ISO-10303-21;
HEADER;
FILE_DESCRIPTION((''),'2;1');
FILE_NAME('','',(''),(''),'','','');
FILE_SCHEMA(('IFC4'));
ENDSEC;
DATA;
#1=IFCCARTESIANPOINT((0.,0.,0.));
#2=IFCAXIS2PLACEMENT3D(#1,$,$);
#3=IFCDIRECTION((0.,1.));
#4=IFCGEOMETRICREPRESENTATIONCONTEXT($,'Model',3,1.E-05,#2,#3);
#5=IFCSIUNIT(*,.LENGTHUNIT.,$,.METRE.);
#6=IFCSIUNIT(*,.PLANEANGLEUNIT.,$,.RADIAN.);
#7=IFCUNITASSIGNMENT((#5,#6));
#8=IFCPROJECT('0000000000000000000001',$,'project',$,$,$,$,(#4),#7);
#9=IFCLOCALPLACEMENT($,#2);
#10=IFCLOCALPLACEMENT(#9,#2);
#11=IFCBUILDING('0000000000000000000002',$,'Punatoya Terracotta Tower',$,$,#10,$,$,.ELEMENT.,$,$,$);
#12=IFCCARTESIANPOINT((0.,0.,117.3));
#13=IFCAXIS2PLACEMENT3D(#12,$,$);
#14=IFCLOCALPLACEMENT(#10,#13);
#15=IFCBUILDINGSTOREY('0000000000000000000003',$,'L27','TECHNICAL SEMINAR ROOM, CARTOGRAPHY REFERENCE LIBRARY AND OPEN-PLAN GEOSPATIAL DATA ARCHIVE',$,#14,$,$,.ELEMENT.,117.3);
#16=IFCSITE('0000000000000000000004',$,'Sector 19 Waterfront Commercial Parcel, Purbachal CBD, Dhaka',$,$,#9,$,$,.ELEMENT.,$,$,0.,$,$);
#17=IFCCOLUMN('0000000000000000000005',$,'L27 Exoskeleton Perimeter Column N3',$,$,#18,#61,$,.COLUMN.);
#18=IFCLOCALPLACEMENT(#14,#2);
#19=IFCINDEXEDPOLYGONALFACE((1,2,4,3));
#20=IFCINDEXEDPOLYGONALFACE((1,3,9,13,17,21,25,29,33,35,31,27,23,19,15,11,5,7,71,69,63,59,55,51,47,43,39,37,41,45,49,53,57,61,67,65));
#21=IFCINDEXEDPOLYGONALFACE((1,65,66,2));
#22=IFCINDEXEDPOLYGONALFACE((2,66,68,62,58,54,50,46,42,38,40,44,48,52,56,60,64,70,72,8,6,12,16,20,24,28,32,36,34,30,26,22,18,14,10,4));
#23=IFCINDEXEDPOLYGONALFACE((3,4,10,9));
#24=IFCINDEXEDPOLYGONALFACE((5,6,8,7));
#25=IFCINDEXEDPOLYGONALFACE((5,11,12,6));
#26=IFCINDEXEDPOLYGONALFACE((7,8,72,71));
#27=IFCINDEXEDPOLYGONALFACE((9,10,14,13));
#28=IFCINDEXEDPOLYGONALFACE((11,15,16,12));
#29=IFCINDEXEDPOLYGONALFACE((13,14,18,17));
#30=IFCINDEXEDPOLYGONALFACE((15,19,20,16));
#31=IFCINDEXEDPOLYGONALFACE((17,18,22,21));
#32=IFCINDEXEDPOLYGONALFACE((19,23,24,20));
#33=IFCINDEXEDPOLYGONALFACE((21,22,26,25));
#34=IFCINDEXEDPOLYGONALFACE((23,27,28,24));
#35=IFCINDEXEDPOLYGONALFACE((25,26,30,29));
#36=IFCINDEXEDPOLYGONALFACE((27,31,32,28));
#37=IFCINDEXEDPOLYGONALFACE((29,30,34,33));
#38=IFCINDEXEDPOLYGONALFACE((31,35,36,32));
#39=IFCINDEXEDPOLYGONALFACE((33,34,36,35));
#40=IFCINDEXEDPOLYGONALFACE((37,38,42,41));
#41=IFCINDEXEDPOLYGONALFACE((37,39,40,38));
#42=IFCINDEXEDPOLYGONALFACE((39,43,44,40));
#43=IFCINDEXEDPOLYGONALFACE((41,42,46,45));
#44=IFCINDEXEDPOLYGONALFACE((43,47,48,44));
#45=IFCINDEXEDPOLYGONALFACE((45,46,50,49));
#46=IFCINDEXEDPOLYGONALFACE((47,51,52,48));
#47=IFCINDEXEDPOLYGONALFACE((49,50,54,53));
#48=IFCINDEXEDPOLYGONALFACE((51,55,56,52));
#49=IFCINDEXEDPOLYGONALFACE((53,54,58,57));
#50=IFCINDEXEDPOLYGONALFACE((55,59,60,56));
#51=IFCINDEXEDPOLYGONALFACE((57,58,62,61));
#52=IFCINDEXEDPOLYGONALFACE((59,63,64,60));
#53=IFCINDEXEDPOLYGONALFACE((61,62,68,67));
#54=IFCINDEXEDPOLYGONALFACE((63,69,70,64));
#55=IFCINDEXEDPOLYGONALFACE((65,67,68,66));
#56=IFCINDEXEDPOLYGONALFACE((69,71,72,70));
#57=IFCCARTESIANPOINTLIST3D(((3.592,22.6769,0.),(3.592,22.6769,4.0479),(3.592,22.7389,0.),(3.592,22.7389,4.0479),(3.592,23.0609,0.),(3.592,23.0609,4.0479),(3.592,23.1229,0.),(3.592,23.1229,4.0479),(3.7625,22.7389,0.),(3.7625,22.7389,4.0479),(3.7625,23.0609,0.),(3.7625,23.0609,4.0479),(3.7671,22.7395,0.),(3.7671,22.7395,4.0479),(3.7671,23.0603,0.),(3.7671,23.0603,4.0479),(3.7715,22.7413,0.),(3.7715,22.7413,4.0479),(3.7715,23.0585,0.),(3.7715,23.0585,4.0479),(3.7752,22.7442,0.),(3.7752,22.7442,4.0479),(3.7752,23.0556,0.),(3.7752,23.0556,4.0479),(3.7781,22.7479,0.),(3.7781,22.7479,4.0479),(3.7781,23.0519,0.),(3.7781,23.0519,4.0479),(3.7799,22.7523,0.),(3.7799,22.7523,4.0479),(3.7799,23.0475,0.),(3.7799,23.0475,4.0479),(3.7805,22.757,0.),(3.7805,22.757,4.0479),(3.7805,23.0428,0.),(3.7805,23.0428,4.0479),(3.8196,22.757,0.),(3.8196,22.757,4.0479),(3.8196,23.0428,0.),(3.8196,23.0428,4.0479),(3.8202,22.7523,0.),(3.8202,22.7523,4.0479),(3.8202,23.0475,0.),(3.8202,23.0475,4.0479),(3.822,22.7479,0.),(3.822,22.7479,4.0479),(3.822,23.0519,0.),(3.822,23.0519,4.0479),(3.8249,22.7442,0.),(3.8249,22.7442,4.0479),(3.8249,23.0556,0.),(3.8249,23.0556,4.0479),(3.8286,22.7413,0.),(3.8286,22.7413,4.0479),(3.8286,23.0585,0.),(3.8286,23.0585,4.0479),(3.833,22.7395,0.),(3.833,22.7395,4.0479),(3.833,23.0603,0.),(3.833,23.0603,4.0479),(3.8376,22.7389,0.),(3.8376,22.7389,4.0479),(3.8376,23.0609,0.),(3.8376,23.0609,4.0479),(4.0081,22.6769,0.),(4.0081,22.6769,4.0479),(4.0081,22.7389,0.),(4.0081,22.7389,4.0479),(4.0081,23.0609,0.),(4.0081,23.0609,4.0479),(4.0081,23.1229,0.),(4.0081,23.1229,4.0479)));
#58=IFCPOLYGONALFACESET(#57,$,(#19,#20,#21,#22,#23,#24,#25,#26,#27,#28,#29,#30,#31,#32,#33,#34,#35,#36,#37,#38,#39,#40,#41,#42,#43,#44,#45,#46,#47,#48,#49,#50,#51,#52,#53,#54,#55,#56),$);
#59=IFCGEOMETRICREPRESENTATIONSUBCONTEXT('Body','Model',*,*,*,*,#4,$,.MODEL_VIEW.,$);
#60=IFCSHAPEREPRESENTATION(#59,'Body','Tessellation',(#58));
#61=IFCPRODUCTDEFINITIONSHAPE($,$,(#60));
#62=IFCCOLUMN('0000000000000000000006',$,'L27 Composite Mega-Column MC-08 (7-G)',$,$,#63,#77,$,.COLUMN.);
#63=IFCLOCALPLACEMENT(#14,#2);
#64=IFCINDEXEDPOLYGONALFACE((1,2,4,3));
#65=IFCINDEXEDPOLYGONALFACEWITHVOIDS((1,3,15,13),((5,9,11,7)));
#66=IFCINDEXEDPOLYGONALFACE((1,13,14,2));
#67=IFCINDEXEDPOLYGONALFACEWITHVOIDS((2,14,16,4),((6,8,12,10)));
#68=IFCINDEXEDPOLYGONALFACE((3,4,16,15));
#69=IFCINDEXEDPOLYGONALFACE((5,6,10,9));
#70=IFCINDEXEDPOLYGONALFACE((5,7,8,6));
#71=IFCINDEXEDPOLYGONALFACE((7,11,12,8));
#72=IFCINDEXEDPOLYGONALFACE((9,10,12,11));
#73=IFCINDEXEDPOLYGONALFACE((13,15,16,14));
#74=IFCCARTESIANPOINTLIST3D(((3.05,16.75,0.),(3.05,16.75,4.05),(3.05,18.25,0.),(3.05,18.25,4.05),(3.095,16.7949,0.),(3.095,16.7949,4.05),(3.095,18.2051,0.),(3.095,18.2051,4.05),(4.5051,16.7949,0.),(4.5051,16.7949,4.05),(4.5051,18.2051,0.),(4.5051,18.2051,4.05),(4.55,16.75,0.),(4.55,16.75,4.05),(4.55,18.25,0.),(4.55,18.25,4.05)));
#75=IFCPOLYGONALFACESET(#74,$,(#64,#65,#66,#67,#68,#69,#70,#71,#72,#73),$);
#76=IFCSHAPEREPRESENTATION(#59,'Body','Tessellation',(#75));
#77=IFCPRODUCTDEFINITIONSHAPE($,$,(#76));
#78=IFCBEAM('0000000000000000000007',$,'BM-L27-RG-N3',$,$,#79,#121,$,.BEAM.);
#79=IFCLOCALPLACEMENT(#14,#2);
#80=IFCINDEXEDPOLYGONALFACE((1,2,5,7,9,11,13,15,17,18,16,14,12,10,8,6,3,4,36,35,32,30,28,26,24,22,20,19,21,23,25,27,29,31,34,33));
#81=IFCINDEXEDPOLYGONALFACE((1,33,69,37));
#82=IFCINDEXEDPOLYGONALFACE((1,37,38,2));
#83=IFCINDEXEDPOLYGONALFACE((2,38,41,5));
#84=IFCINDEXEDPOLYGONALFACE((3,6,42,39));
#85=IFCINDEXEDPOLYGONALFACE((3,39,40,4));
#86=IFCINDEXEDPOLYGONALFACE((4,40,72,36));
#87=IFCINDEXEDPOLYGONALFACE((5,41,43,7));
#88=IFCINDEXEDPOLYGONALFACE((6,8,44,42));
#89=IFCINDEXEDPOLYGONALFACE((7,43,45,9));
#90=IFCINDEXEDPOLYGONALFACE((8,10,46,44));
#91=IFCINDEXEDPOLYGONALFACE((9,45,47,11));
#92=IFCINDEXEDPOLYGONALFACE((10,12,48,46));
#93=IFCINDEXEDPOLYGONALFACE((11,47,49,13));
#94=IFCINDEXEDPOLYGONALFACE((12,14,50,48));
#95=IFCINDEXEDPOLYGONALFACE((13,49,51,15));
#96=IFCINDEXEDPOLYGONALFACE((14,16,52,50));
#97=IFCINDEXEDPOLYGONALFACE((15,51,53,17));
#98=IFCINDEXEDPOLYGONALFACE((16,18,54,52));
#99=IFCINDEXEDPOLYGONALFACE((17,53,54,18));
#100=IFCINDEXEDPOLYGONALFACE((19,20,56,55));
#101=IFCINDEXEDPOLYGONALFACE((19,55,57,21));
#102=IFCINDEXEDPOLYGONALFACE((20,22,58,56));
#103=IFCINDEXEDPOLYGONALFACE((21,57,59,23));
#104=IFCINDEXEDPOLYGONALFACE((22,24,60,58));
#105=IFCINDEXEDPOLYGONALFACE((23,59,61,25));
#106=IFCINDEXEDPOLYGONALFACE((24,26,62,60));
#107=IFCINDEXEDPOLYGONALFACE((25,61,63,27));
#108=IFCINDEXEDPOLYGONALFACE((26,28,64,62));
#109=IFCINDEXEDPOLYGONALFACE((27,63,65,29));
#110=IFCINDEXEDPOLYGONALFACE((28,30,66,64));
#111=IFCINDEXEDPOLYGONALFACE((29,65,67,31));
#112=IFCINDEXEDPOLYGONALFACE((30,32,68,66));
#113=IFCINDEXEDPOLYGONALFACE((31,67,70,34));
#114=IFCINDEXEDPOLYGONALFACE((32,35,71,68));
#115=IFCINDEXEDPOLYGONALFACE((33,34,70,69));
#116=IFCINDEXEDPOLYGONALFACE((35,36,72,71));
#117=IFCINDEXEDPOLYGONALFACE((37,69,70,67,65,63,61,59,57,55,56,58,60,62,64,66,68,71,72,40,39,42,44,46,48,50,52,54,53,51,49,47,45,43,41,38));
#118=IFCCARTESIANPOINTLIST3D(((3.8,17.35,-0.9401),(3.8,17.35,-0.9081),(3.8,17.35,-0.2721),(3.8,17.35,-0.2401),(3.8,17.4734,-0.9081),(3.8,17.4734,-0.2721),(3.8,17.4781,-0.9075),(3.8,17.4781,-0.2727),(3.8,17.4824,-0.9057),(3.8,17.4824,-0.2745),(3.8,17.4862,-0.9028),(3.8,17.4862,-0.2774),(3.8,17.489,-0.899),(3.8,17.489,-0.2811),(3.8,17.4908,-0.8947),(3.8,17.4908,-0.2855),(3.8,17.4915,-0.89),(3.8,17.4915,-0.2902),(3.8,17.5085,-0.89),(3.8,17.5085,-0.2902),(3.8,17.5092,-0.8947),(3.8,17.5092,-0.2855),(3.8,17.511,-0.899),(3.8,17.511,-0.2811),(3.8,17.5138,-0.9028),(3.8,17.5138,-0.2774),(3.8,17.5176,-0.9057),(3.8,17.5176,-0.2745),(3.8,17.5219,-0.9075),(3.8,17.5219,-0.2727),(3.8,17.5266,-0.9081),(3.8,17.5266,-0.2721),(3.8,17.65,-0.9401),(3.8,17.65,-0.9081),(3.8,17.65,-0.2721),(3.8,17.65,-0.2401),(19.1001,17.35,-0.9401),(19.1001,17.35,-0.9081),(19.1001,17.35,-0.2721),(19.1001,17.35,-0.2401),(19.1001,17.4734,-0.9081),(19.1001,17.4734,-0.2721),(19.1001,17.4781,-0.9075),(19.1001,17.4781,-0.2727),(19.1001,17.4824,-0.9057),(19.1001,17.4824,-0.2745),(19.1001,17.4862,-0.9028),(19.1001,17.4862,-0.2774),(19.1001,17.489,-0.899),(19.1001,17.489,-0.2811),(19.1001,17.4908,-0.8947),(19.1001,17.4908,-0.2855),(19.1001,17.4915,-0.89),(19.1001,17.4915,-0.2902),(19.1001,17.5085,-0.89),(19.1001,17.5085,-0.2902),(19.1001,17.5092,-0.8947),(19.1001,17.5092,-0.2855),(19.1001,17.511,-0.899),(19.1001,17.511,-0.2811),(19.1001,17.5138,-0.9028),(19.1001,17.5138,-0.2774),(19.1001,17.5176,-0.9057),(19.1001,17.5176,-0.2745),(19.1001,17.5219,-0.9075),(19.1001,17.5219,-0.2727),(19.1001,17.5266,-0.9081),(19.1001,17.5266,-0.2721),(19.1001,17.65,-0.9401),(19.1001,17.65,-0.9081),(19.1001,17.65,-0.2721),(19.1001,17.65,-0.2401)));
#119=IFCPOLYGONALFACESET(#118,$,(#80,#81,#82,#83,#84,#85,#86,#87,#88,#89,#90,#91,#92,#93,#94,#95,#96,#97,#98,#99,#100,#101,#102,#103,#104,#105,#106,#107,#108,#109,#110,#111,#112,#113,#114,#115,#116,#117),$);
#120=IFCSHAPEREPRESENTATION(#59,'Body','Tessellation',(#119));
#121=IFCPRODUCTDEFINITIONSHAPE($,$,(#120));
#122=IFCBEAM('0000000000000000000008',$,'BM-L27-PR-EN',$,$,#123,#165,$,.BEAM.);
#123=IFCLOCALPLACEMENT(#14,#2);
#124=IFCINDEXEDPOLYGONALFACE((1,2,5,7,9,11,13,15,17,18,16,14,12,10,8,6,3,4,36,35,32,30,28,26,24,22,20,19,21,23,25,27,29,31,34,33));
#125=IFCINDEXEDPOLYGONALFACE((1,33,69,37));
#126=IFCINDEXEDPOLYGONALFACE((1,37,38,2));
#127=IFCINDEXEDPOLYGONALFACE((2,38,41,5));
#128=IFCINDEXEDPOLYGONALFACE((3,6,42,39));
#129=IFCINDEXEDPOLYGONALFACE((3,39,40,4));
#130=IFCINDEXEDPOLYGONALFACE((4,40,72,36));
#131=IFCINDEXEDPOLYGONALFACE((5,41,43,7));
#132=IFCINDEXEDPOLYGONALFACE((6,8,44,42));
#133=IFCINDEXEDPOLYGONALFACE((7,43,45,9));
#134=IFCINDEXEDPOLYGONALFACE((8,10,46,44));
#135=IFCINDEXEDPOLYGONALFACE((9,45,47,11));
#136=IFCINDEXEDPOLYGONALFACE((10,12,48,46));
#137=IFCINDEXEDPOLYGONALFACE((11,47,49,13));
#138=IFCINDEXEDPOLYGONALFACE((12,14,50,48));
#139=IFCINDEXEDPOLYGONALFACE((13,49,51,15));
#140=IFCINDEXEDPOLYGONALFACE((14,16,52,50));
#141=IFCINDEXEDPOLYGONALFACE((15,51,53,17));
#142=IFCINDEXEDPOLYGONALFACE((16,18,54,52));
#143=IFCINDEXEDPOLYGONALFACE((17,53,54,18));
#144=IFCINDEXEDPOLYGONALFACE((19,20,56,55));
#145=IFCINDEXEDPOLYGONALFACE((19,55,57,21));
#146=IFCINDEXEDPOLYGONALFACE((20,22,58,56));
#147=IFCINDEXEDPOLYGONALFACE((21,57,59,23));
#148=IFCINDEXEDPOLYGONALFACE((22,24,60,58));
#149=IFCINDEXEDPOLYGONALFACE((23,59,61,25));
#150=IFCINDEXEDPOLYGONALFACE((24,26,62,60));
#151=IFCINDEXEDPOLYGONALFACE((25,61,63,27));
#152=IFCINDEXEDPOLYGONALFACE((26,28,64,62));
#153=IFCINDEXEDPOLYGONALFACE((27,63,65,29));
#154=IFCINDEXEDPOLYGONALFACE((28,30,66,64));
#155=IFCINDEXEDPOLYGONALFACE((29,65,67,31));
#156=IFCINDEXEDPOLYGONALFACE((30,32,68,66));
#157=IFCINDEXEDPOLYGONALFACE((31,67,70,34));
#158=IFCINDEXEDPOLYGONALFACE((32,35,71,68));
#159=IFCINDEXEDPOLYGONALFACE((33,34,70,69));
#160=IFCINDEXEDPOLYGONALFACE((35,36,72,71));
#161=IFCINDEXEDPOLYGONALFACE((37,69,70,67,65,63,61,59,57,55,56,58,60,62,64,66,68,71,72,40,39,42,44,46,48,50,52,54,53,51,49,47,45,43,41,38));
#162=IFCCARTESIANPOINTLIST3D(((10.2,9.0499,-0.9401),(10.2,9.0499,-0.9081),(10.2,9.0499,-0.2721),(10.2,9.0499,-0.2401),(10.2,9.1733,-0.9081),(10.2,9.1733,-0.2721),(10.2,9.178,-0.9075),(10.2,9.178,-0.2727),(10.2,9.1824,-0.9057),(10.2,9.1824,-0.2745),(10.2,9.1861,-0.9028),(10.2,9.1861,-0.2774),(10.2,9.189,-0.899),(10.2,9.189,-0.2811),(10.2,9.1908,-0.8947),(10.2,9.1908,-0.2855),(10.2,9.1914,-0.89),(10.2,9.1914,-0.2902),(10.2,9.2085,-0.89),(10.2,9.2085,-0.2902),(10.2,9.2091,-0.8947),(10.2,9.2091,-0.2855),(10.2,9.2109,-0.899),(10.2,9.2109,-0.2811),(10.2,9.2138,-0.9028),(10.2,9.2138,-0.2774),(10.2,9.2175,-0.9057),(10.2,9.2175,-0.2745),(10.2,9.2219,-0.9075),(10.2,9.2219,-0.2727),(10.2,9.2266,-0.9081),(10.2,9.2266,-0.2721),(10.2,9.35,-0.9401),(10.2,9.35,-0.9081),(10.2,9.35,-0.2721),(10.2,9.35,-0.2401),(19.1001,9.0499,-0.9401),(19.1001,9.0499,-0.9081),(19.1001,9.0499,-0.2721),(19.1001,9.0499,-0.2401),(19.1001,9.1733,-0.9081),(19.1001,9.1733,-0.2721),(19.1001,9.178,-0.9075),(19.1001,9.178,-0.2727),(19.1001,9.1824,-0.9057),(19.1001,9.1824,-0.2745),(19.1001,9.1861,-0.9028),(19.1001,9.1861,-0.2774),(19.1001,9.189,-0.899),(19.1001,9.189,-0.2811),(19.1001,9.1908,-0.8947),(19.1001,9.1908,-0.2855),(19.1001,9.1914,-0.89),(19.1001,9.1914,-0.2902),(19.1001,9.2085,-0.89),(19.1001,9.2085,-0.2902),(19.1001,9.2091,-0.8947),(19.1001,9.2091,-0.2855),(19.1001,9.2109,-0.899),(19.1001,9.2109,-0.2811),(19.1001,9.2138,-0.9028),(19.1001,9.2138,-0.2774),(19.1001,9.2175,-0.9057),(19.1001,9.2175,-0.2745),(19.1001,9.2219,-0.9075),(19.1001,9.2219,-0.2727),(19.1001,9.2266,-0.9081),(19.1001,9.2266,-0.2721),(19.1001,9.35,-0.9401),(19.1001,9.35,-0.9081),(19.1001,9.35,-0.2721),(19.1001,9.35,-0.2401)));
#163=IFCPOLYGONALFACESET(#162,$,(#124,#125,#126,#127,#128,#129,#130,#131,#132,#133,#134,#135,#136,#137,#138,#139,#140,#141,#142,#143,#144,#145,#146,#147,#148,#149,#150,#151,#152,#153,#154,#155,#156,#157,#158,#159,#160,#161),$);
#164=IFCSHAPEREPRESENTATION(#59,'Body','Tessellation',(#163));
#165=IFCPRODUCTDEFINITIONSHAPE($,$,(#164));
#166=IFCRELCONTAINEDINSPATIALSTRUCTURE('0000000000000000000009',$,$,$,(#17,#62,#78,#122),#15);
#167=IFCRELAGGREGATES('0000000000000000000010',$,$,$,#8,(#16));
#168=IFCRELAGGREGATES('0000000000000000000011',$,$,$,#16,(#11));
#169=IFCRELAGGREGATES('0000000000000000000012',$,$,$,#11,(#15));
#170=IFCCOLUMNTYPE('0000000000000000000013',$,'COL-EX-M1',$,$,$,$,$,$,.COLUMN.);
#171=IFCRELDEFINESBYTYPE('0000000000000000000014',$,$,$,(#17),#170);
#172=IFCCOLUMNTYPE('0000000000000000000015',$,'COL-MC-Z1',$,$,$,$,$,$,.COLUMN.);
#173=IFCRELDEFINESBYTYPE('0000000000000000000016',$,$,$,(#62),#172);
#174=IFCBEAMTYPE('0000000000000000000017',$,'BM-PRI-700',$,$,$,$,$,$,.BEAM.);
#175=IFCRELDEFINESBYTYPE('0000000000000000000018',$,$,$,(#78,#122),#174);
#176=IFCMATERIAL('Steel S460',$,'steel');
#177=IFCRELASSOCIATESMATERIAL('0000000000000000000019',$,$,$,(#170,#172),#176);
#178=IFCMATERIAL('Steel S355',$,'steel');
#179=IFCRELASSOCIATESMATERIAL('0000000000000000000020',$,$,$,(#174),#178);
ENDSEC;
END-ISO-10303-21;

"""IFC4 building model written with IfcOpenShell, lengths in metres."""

from ifc_helpers import new_model, si_unit, direction, frame, origin, origin_2d, place, context, subcontext, project, spatial, hollow_rectangle, i_section, extrude, material, material_profile, profile_set, type_object, element, save


model = new_model("IFC4")

# Units and contexts
model_context = context("Model", 3, precision=1e-05, world=origin(), true_north=direction((0.0, 1.0)))
body_context = subcontext(model_context, "Body", "Model", "MODEL_VIEW")
ifc_project = project(units=[si_unit("LENGTHUNIT", "METRE"), si_unit("PLANEANGLEUNIT", "RADIAN")], contexts=[model_context])

# Site, building, storey
site_placement = place(None, origin())
site = spatial("IfcSite", under=ifc_project, at=site_placement, Name="Sector 19 Waterfront Commercial Parcel, Purbachal CBD, Dhaka", CompositionType="ELEMENT", RefElevation=0.0)
building_placement = place(site_placement, origin())
building = spatial("IfcBuilding", under=site, at=building_placement, Name="Punatoya Terracotta Tower", CompositionType="ELEMENT")
storey_placement = place(building_placement, frame((0.0, 0.0, 117.3)))
storey = spatial("IfcBuildingStorey", under=building, at=storey_placement, Name="L27", Description="TECHNICAL SEMINAR ROOM, CARTOGRAPHY REFERENCE LIBRARY AND OPEN-PLAN GEOSPATIAL DATA ARCHIVE", CompositionType="ELEMENT", Elevation=117.3)

# Columns
ifc_material_1 = material(Name="Steel S460", Category="steel")
ifc_material_profile_1 = material_profile(ifc_material_1, i_section(OverallWidth=0.416, OverallDepth=0.446, WebThickness=0.0391, FlangeThickness=0.062, FilletRadius=0.0181, at=origin_2d()))
ifc_profile_set_1 = profile_set([ifc_material_profile_1], Name="Steel S460")
column_type_1 = type_object("IfcColumnType", Name="COL-EX-M1", PredefinedType="COLUMN", material=ifc_profile_set_1)
column_1_placement = place(storey_placement, frame((3.8, 22.8999, 0.0), z_axis=(0.0, 0.0, 1.0), x_axis=(1.0, 0.0, 0.0)))
element("IfcColumn", 1, at=column_1_placement, inside=storey, type_object=column_type_1, Name="L27 Exoskeleton Perimeter Column N3", PredefinedType="COLUMN", context=body_context, shape_type="SweptSolid", body=[
    extrude(i_section(OverallWidth=0.416, OverallDepth=0.446, WebThickness=0.0391, FlangeThickness=0.062, FilletRadius=0.0181, at=origin_2d()), origin(), (0.0, 0.0, 1.0), 4.0479),
])
ifc_material_profile_2 = material_profile(ifc_material_1, hollow_rectangle(XDim=1.5, YDim=1.5, WallThickness=0.0449, at=origin_2d()))
ifc_profile_set_2 = profile_set([ifc_material_profile_2], Name="Steel S460")
column_type_2 = type_object("IfcColumnType", Name="COL-MC-Z1", PredefinedType="COLUMN", material=ifc_profile_set_2)
column_2_placement = place(storey_placement, frame((3.8, 17.5, 0.0), z_axis=(0.0, 0.0, 1.0), x_axis=(1.0, 0.0, 0.0)))
element("IfcColumn", 2, at=column_2_placement, inside=storey, type_object=column_type_2, Name="L27 Composite Mega-Column MC-08 (7-G)", PredefinedType="COLUMN", context=body_context, shape_type="SweptSolid", body=[
    extrude(hollow_rectangle(XDim=1.5, YDim=1.5, WallThickness=0.0449, at=origin_2d()), origin(), (0.0, 0.0, 1.0), 4.05),
])

# Beams
ifc_material_2 = material(Name="Steel S355", Category="steel")
ifc_material_profile_3 = material_profile(ifc_material_2, i_section(OverallWidth=0.3, OverallDepth=0.7, WebThickness=0.0171, FlangeThickness=0.032, FilletRadius=0.0181, at=origin_2d()))
ifc_profile_set_3 = profile_set([ifc_material_profile_3], Name="Steel S355")
beam_type_1 = type_object("IfcBeamType", Name="BM-PRI-700", PredefinedType="BEAM", material=ifc_profile_set_3)
beam_1_placement = place(storey_placement, frame((3.8, 17.5, -0.5901), z_axis=(1.0, 0.0, 0.0), x_axis=(0.0, 1.0, 0.0)))
element("IfcBeam", 3, at=beam_1_placement, inside=storey, type_object=beam_type_1, Name="BM-L27-RG-N3", PredefinedType="BEAM", context=body_context, shape_type="SweptSolid", body=[
    extrude(i_section(OverallWidth=0.3, OverallDepth=0.7, WebThickness=0.0171, FlangeThickness=0.032, FilletRadius=0.0181, at=origin_2d()), origin(), (0.0, 0.0, 1.0), 15.3),
])
beam_2_placement = place(storey_placement, frame((10.2, 9.2, -0.5901), z_axis=(1.0, 0.0, 0.0), x_axis=(0.0, 1.0, 0.0)))
element("IfcBeam", 4, at=beam_2_placement, inside=storey, type_object=beam_type_1, Name="BM-L27-PR-EN", PredefinedType="BEAM", context=body_context, shape_type="SweptSolid", body=[
    extrude(i_section(OverallWidth=0.3, OverallDepth=0.7, WebThickness=0.0171, FlangeThickness=0.032, FilletRadius=0.0181, at=origin_2d()), origin(), (0.0, 0.0, 1.0), 8.9001),
])

save(model, "model.ifc")
